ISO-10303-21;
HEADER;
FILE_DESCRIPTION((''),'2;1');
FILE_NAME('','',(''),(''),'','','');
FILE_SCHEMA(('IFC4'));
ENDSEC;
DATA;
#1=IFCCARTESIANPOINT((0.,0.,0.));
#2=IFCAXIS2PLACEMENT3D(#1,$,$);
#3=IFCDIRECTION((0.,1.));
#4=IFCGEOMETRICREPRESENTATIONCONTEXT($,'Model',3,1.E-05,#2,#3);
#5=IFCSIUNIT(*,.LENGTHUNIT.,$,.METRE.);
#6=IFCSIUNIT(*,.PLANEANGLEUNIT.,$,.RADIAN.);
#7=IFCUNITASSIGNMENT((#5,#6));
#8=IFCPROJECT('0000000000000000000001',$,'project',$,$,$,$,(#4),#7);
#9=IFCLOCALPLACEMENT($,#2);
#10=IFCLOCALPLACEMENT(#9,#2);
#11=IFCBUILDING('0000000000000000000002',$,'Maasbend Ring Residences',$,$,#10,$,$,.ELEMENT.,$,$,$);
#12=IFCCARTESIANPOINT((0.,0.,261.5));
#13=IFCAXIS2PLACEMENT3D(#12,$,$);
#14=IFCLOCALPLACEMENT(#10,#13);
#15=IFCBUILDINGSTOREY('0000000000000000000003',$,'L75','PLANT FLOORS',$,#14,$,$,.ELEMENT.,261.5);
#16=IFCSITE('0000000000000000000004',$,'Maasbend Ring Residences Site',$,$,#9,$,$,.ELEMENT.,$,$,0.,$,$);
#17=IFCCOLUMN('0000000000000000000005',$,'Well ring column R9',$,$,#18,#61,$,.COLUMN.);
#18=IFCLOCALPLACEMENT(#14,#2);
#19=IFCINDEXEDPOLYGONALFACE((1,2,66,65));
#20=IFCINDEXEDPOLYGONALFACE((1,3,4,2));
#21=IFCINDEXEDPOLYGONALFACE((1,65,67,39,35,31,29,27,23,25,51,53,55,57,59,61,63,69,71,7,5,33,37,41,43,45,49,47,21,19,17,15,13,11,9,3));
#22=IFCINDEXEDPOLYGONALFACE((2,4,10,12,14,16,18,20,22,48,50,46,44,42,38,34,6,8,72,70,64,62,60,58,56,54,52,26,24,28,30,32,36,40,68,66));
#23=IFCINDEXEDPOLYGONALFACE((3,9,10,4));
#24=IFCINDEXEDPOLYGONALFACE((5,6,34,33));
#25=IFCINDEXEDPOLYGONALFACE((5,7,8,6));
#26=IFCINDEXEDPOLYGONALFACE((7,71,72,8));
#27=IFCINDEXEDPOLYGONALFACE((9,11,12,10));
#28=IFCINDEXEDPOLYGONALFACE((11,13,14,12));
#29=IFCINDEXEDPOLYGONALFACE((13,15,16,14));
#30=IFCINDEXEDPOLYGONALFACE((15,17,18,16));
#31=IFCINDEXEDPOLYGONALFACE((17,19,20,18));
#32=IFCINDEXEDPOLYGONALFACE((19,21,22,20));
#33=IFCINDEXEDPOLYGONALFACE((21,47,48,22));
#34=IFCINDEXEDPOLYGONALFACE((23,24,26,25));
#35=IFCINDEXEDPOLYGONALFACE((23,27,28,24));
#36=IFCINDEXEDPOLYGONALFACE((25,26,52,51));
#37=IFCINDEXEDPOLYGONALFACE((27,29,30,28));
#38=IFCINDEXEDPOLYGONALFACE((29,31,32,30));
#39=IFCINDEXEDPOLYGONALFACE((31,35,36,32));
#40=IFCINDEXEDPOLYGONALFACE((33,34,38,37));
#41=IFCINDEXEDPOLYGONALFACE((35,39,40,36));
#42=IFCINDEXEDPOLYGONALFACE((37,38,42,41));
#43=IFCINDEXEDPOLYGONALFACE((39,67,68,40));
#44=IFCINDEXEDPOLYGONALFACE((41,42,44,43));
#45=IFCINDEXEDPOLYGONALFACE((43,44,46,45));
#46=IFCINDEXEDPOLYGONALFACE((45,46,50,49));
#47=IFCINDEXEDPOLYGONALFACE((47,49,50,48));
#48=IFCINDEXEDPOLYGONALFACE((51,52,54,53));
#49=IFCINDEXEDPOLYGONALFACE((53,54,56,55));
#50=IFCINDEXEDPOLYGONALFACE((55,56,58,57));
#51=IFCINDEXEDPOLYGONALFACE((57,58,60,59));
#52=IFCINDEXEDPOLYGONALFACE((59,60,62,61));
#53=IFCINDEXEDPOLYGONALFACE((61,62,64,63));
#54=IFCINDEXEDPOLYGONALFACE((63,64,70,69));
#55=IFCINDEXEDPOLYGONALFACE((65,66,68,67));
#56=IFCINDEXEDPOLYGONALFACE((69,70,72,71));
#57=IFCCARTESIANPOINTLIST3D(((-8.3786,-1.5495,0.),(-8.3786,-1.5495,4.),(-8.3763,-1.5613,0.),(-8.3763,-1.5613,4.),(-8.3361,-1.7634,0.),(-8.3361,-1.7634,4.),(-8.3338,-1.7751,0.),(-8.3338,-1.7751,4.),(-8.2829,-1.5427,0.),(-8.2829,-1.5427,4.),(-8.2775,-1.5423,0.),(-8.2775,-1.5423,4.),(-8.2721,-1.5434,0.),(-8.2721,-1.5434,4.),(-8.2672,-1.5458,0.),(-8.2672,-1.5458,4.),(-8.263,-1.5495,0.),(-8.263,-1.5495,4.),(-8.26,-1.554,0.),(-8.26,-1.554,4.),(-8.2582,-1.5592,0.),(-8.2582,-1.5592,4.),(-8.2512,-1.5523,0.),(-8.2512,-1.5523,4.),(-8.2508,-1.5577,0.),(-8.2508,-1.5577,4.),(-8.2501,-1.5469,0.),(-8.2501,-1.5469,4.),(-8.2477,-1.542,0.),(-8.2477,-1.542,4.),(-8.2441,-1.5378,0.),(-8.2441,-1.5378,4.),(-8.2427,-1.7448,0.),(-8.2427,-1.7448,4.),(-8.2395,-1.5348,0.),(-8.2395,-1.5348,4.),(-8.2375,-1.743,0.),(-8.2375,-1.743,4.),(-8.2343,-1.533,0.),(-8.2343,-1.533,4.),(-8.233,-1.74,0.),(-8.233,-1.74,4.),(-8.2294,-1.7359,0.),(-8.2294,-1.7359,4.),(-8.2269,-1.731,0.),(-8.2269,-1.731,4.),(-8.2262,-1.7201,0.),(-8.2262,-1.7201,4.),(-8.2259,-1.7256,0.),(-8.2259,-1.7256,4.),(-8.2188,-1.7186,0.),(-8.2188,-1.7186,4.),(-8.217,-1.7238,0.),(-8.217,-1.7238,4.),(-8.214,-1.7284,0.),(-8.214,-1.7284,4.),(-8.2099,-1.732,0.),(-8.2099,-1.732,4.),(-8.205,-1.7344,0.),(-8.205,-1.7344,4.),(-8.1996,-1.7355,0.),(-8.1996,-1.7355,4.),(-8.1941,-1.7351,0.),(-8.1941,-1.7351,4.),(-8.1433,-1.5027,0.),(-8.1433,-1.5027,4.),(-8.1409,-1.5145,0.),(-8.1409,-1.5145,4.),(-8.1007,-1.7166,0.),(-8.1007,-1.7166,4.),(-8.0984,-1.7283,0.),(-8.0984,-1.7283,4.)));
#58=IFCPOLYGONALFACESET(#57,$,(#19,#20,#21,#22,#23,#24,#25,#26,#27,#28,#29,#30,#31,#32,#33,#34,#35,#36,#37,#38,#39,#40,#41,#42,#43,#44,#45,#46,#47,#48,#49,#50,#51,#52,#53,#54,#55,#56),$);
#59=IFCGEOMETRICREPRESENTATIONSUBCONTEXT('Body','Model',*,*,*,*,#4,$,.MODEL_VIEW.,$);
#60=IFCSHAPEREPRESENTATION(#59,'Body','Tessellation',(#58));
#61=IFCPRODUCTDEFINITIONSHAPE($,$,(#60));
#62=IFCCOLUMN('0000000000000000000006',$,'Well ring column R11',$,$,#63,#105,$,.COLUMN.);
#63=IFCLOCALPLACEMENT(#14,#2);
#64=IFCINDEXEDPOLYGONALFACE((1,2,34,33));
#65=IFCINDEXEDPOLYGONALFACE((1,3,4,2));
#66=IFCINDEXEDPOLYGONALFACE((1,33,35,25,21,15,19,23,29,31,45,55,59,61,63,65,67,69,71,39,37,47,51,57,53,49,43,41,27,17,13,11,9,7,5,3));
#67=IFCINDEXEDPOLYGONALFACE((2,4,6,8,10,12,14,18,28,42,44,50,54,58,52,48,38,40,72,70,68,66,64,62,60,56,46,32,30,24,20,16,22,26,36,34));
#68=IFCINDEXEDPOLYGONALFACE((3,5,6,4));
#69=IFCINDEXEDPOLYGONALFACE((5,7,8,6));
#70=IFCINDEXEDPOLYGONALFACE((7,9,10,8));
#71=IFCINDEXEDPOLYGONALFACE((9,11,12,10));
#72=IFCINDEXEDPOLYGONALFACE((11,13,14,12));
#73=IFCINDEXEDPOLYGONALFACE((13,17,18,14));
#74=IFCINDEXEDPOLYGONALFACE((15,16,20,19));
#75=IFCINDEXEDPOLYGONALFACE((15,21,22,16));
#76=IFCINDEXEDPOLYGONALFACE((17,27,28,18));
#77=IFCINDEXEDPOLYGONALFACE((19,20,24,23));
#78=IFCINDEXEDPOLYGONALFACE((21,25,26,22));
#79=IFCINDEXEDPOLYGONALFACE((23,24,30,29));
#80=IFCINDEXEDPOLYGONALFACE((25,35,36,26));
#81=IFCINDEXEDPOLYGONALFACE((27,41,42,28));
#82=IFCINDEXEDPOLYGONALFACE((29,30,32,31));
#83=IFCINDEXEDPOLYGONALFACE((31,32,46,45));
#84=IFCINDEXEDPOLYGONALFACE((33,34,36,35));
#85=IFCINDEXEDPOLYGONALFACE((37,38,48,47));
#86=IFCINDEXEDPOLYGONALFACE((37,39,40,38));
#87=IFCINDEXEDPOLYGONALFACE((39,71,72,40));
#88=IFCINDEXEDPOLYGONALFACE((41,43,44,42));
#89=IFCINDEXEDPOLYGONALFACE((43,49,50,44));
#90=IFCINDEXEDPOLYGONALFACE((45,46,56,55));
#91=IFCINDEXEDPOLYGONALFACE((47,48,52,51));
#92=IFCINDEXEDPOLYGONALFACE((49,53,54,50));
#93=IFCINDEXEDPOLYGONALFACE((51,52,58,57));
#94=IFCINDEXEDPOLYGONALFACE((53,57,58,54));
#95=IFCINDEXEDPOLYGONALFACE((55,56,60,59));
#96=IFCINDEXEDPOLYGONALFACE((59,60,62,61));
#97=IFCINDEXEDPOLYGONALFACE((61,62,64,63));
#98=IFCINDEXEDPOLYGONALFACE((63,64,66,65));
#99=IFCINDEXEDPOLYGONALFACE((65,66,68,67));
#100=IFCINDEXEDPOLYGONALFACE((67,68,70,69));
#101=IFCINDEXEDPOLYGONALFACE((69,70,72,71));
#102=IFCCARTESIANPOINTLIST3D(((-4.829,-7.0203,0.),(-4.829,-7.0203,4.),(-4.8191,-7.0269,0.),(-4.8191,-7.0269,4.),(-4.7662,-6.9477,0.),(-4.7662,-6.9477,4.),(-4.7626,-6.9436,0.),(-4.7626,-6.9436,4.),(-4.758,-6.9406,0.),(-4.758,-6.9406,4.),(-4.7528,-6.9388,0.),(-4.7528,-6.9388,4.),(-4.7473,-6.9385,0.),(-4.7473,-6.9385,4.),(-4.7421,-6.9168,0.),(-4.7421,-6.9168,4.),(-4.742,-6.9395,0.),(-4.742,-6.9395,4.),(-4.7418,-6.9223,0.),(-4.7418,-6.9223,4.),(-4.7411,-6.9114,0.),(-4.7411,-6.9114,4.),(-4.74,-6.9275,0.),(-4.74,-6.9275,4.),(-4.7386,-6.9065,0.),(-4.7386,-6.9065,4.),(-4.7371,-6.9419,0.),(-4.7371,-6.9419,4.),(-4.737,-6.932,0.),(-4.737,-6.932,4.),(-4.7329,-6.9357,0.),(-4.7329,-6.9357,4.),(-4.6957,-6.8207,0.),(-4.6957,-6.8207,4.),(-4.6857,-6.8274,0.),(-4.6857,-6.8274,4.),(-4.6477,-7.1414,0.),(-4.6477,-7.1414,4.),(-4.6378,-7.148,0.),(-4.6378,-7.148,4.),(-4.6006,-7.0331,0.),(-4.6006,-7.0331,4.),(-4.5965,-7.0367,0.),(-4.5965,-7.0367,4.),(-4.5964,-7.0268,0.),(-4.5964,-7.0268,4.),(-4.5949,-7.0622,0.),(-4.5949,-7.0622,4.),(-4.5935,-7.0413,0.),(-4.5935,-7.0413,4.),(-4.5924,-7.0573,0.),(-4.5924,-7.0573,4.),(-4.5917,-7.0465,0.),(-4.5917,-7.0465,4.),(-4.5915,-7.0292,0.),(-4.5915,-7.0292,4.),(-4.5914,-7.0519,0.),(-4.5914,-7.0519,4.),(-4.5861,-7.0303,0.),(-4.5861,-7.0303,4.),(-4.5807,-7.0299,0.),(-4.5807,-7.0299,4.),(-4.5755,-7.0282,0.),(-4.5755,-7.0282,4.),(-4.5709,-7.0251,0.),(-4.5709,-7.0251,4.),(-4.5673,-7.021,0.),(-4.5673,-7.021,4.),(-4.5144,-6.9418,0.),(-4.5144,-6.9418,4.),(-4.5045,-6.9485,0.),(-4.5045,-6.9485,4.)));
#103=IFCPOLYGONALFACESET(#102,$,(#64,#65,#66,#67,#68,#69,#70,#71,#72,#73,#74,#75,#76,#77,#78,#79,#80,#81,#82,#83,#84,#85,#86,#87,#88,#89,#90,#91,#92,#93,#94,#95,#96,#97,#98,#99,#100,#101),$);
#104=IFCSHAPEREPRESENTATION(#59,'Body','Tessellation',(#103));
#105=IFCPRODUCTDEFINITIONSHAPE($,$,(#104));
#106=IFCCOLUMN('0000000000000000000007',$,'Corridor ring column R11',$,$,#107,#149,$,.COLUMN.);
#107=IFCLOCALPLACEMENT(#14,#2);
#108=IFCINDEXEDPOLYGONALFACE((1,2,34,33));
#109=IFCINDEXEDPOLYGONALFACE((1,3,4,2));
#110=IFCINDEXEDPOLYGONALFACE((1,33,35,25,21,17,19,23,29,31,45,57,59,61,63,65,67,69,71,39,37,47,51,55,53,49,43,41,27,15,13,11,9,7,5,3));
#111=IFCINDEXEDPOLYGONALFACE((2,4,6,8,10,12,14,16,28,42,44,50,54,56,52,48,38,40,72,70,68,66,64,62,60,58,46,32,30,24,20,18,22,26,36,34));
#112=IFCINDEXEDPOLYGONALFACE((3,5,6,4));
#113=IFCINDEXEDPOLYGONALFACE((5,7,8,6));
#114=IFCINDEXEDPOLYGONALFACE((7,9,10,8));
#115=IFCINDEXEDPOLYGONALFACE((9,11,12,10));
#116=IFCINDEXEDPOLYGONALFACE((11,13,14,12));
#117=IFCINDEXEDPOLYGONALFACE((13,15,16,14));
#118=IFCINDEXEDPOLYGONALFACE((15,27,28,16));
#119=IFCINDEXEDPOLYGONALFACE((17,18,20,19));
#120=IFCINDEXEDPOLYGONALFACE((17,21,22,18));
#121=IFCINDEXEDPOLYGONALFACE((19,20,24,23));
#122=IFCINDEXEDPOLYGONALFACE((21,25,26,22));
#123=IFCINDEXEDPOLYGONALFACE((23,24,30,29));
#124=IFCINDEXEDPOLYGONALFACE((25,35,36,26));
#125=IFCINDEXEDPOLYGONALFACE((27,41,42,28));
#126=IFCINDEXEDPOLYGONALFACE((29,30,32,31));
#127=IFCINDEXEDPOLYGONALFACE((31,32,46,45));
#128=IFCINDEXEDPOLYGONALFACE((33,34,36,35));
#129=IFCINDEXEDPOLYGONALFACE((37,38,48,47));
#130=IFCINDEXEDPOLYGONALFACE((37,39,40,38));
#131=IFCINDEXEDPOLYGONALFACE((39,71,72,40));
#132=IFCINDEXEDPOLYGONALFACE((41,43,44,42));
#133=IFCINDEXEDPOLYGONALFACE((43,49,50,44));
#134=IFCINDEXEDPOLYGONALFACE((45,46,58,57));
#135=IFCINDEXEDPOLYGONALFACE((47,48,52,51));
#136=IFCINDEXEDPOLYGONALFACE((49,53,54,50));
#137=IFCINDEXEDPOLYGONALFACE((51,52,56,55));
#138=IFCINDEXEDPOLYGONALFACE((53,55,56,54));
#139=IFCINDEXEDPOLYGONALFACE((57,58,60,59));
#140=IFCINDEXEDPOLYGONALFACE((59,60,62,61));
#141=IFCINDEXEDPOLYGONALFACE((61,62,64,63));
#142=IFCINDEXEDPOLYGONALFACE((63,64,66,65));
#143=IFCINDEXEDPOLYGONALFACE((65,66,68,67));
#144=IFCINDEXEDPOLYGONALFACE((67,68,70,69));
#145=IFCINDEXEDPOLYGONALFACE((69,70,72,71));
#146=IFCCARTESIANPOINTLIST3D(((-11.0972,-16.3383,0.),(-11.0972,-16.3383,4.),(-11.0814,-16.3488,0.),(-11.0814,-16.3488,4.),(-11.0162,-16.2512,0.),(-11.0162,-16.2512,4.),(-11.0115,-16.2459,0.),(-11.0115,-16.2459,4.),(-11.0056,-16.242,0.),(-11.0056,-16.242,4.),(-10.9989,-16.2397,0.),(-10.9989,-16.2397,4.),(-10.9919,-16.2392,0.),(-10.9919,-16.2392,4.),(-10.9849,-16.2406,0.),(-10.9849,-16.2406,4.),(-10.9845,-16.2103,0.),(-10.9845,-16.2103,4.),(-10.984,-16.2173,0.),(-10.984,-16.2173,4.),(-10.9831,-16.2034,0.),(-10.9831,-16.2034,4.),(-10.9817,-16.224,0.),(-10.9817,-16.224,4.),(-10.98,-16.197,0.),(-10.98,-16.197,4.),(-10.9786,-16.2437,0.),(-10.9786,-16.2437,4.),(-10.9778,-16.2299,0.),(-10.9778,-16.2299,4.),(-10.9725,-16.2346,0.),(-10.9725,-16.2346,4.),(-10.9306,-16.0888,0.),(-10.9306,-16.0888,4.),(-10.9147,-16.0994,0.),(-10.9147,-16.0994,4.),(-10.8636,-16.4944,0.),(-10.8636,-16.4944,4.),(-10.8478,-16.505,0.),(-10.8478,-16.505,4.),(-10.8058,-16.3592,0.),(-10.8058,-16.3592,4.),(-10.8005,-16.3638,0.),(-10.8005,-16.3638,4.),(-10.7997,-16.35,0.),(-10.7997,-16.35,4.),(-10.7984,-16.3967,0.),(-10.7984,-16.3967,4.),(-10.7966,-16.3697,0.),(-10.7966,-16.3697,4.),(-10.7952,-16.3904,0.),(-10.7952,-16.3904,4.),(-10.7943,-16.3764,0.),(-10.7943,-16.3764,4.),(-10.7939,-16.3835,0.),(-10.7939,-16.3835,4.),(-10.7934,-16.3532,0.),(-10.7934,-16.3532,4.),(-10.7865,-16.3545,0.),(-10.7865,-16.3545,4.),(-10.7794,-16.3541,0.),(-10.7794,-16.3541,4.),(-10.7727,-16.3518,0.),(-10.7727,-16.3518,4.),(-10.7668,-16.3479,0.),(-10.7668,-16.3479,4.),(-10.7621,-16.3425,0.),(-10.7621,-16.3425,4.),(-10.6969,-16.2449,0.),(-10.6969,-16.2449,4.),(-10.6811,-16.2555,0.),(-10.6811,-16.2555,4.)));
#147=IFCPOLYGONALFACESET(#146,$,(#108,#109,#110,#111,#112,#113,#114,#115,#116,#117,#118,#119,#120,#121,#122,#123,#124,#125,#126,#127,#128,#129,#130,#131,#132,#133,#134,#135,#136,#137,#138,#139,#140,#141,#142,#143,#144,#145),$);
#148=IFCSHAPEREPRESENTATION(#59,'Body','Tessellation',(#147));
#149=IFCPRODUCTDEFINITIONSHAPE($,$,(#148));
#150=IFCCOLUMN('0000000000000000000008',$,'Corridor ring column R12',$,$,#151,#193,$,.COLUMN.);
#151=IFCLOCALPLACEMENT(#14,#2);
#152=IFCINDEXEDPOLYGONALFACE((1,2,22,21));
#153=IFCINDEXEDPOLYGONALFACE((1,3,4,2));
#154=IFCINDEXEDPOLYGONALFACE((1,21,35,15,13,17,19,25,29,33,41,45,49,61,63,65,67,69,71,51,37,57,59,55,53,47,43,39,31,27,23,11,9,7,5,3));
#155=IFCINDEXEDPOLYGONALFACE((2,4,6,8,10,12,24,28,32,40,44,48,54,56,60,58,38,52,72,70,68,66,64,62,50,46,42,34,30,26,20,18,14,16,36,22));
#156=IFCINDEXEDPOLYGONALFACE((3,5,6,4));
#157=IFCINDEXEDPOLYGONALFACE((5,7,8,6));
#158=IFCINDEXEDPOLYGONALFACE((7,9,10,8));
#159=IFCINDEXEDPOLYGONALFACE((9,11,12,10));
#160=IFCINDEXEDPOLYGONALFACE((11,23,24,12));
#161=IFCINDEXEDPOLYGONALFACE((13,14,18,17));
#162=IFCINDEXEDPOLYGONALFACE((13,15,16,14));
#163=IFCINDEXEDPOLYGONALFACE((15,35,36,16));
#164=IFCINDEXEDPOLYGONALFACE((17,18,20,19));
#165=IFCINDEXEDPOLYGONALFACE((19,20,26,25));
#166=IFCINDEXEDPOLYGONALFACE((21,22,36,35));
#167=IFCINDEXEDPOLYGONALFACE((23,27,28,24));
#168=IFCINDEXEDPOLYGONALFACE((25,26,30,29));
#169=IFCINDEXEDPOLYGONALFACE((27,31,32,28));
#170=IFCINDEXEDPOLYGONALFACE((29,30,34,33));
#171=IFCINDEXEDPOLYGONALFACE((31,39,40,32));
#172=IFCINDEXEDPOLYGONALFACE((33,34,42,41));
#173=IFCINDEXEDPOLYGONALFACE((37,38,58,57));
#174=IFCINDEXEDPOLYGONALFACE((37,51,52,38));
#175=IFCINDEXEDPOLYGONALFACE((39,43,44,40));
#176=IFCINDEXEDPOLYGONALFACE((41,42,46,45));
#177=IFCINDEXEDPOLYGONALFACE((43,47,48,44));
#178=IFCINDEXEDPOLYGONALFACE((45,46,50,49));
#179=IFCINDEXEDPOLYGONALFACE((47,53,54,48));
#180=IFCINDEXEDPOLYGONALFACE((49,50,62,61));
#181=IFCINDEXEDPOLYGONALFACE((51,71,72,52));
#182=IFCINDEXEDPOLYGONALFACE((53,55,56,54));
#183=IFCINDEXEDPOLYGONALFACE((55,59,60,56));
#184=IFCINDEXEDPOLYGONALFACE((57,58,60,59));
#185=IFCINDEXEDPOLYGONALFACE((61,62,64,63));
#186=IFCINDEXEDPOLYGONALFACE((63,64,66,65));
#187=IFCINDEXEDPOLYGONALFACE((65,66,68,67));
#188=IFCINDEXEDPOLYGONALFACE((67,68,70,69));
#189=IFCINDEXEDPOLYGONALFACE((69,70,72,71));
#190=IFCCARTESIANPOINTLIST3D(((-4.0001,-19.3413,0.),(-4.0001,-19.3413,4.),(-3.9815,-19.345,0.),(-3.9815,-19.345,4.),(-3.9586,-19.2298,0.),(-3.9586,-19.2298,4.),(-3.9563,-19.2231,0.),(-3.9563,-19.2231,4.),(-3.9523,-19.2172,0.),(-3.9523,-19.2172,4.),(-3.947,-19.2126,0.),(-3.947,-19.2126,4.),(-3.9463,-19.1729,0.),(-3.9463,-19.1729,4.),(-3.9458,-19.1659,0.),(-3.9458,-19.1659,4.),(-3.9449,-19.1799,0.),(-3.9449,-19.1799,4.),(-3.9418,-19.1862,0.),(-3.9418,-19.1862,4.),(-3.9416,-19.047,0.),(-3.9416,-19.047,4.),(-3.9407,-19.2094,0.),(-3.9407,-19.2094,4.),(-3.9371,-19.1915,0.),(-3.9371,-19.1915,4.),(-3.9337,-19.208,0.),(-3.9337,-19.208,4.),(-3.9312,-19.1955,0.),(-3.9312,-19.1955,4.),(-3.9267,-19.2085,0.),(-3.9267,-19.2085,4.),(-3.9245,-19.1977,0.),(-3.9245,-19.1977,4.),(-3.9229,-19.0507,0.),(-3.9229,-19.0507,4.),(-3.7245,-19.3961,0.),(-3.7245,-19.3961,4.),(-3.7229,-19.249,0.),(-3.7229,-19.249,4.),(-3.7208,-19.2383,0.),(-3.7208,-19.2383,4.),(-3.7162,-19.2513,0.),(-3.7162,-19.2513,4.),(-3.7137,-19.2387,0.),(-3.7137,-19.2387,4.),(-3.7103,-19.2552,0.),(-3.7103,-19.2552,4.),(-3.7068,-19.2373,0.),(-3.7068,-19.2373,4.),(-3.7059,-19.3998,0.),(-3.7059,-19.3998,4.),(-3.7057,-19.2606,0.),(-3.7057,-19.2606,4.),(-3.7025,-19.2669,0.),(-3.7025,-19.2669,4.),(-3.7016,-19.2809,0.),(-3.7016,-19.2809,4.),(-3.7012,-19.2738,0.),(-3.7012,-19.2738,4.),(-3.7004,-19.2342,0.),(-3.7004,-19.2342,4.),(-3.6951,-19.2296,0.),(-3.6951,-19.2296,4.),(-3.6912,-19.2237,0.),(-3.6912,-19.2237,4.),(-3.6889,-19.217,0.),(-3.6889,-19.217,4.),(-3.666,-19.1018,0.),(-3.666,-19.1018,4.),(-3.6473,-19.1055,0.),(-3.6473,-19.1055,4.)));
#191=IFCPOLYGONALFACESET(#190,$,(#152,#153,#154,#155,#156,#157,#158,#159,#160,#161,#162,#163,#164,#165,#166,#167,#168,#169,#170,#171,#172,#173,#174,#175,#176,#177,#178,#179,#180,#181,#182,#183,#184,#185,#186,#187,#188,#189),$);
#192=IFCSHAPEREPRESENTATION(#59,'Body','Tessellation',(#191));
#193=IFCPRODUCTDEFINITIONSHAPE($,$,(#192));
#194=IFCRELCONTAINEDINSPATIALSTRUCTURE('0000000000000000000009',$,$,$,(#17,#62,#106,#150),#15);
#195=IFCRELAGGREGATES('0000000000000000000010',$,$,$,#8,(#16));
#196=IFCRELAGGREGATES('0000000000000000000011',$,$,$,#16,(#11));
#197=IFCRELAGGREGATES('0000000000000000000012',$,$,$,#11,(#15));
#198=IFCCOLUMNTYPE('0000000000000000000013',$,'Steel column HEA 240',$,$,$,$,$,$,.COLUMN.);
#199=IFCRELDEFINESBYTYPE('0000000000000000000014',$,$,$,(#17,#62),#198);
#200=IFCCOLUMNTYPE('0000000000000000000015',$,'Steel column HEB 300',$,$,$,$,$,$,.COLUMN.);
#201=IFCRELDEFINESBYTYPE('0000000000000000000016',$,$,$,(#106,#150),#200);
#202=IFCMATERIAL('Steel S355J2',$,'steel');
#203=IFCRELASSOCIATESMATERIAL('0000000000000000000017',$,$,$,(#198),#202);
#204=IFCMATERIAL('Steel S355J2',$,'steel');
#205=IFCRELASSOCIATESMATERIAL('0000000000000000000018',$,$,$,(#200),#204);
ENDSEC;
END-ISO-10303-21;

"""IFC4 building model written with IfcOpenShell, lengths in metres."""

from ifc_helpers import new_model, si_unit, direction, frame, origin, origin_2d, place, context, subcontext, project, spatial, i_section, extrude, material, material_profile, profile_set, type_object, element, save


model = new_model("IFC4")

# Units and contexts
model_context = context("Model", 3, precision=1e-05, world=origin(), true_north=direction((0.0, 1.0)))
body_context = subcontext(model_context, "Body", "Model", "MODEL_VIEW")
ifc_project = project(units=[si_unit("LENGTHUNIT", "METRE"), si_unit("PLANEANGLEUNIT", "RADIAN")], contexts=[model_context])

# Site, building, storey
site_placement = place(None, origin())
site = spatial("IfcSite", under=ifc_project, at=site_placement, Name="Maasbend Ring Residences Site", CompositionType="ELEMENT", RefElevation=0.0)
building_placement = place(site_placement, origin())
building = spatial("IfcBuilding", under=site, at=building_placement, Name="Maasbend Ring Residences", CompositionType="ELEMENT")
storey_placement = place(building_placement, frame((0.0, 0.0, 261.5)))
storey = spatial("IfcBuildingStorey", under=building, at=storey_placement, Name="L75", Description="PLANT FLOORS", CompositionType="ELEMENT", Elevation=261.5)

# Columns
ifc_material_1 = material(Name="Steel S355J2", Category="steel")
ifc_material_profile_1 = material_profile(ifc_material_1, i_section(OverallWidth=0.24, OverallDepth=0.23, WebThickness=0.0076, FlangeThickness=0.012, FilletRadius=0.021, at=origin_2d()), Name="HEA 240")
ifc_profile_set_1 = profile_set([ifc_material_profile_1], Name="Steel S355J2")
column_type_1 = type_object("IfcColumnType", Name="Steel column HEA 240", PredefinedType="COLUMN", material=ifc_profile_set_1)
for number, where, z_axis, x_axis, name in (
    (1, (-8.2385, -1.6389, 0.0), (0.0, 0.0, 1.0), (-0.980785, -0.19509, 0.0), "Well ring column R9"),
    (2, (-4.6667, -6.9844, 0.0), (0.0, 0.0, 1.0), (-0.55557, -0.83147, 0.0), "Well ring column R11"),
):
    element("IfcColumn", number, at=place(storey_placement, frame(where, z_axis=z_axis, x_axis=x_axis)), inside=storey, type_object=column_type_1, Name=name, PredefinedType="COLUMN", context=body_context, shape_type="SweptSolid", body=[
        extrude(i_section(OverallWidth=0.24, OverallDepth=0.23, WebThickness=0.0076, FlangeThickness=0.012, FilletRadius=0.021, at=origin_2d()), origin(), (0.0, 0.0, 1.0), 4.0),
    ])
ifc_material_2 = material(Name="Steel S355J2", Category="steel")
ifc_material_profile_2 = material_profile(ifc_material_2, i_section(OverallWidth=0.3, OverallDepth=0.3, WebThickness=0.011, FlangeThickness=0.019, FilletRadius=0.0271, at=origin_2d()), Name="HEB 300")
ifc_profile_set_2 = profile_set([ifc_material_profile_2], Name="Steel S355J2")
column_type_2 = type_object("IfcColumnType", Name="Steel column HEB 300", PredefinedType="COLUMN", material=ifc_profile_set_2)
for number, where, z_axis, x_axis, name in (
    (3, (-10.8892, -16.2969, 0.0), (0.0, 0.0, 1.0), (-0.55557, -0.83147, 0.0), "Corridor ring column R11"),
    (4, (-3.8237, -19.2234, 0.0), (0.0, 0.0, 1.0), (-0.19509, -0.980785, 0.0), "Corridor ring column R12"),
):
    element("IfcColumn", number, at=place(storey_placement, frame(where, z_axis=z_axis, x_axis=x_axis)), inside=storey, type_object=column_type_2, Name=name, PredefinedType="COLUMN", context=body_context, shape_type="SweptSolid", body=[
        extrude(i_section(OverallWidth=0.3, OverallDepth=0.3, WebThickness=0.011, FlangeThickness=0.019, FilletRadius=0.0271, at=origin_2d()), origin(), (0.0, 0.0, 1.0), 4.0),
    ])

save(model, "model.ifc")
